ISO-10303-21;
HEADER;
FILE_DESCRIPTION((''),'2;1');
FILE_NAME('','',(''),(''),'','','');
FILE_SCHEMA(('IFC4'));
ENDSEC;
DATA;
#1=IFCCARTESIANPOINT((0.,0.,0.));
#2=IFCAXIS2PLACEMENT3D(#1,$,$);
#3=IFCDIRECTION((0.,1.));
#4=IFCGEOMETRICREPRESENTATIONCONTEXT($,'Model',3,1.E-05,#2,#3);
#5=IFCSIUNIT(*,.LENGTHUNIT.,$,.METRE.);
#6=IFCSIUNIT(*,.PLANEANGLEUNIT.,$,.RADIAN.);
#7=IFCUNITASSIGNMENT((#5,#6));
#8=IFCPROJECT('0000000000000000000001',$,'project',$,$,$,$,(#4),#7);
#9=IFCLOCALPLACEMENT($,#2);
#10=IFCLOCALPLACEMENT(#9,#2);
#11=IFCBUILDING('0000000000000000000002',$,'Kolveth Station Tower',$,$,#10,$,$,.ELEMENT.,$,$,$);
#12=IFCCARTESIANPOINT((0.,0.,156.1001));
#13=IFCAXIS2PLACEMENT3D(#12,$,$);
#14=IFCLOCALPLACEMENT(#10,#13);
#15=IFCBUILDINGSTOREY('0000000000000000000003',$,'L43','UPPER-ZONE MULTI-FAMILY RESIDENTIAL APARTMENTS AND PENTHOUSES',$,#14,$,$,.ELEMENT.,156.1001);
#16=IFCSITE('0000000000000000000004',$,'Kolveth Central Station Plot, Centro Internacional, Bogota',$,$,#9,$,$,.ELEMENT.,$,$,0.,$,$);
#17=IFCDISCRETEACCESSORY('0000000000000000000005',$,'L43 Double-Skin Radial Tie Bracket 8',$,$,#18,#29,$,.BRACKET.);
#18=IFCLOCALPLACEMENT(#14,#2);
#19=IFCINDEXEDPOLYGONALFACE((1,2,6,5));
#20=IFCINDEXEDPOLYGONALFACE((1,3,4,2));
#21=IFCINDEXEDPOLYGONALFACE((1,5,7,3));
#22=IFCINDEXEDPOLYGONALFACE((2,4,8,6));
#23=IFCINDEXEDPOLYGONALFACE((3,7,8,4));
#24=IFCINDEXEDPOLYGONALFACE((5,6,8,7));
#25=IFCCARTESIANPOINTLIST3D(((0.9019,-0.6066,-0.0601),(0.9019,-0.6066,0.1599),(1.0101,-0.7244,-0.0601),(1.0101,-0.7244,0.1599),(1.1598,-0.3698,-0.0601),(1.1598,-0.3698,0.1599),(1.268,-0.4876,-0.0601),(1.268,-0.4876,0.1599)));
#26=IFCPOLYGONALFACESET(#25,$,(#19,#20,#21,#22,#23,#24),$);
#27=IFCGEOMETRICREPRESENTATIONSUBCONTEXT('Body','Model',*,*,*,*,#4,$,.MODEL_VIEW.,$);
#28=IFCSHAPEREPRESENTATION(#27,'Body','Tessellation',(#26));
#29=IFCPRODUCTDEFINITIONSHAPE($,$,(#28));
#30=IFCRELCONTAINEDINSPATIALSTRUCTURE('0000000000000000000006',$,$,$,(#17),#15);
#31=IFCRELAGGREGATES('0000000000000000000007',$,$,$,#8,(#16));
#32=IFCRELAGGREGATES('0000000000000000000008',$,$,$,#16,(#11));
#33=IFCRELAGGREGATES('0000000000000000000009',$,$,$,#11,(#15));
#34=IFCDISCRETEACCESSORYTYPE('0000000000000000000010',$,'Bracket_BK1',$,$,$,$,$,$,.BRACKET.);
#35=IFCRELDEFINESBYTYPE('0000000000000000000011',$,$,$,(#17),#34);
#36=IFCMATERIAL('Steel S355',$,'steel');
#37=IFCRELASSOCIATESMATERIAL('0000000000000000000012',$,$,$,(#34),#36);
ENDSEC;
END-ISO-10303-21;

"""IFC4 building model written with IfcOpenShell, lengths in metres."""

from ifc_helpers import new_model, si_unit, direction, frame, origin, origin_2d, place, context, subcontext, project, spatial, rectangle, extrude, source, transform, mapped, material, type_object, element, save


model = new_model("IFC4")

# Units and contexts
model_context = context("Model", 3, precision=1e-05, world=origin(), true_north=direction((0.0, 1.0)))
body_context = subcontext(model_context, "Body", "Model", "MODEL_VIEW")
ifc_project = project(units=[si_unit("LENGTHUNIT", "METRE"), si_unit("PLANEANGLEUNIT", "RADIAN")], contexts=[model_context])

# Site, building, storey
site_placement = place(None, origin())
site = spatial("IfcSite", under=ifc_project, at=site_placement, Name="Kolveth Central Station Plot, Centro Internacional, Bogota", CompositionType="ELEMENT", RefElevation=0.0)
building_placement = place(site_placement, origin())
building = spatial("IfcBuilding", under=site, at=building_placement, Name="Kolveth Station Tower", CompositionType="ELEMENT")
storey_placement = place(building_placement, frame((0.0, 0.0, 156.1001)))
storey = spatial("IfcBuildingStorey", under=building, at=storey_placement, Name="L43", Description="UPPER-ZONE MULTI-FAMILY RESIDENTIAL APARTMENTS AND PENTHOUSES", CompositionType="ELEMENT", Elevation=156.1001)

# Shared definitions
ifc_material_1 = material(Name="Steel S355", Category="steel")

# Discrete accessory
discrete_accessory_type = type_object("IfcDiscreteAccessoryType", Name="Bracket_BK1", PredefinedType="BRACKET", material=ifc_material_1)
shared_shape_1 = source(origin(), body_context, "Body", "SweptSolid", [
    extrude(rectangle(XDim=0.3501, YDim=0.1599, at=origin_2d()), origin(), (0.0, 0.0, 1.0), 0.22),
])
discrete_accessory_placement = place(storey_placement, frame((1.085, -0.5471, -0.0601), z_axis=(0.0, 0.0, 1.0), x_axis=(-0.736569, -0.676362, 0.0)))
element("IfcDiscreteAccessory", 1, at=discrete_accessory_placement, inside=storey, type_object=discrete_accessory_type, Name="L43 Double-Skin Radial Tie Bracket 8", PredefinedType="BRACKET", context=body_context, shape_type="MappedRepresentation", body=[
    mapped(shared_shape_1, transform((0.0, 0.0, 0.0), x_axis=(1.0, 0.0, 0.0), y_axis=(0.0, 1.0, 0.0), z_axis=(0.0, 0.0, 1.0), scale=1.0)),
])

save(model, "model.ifc")
